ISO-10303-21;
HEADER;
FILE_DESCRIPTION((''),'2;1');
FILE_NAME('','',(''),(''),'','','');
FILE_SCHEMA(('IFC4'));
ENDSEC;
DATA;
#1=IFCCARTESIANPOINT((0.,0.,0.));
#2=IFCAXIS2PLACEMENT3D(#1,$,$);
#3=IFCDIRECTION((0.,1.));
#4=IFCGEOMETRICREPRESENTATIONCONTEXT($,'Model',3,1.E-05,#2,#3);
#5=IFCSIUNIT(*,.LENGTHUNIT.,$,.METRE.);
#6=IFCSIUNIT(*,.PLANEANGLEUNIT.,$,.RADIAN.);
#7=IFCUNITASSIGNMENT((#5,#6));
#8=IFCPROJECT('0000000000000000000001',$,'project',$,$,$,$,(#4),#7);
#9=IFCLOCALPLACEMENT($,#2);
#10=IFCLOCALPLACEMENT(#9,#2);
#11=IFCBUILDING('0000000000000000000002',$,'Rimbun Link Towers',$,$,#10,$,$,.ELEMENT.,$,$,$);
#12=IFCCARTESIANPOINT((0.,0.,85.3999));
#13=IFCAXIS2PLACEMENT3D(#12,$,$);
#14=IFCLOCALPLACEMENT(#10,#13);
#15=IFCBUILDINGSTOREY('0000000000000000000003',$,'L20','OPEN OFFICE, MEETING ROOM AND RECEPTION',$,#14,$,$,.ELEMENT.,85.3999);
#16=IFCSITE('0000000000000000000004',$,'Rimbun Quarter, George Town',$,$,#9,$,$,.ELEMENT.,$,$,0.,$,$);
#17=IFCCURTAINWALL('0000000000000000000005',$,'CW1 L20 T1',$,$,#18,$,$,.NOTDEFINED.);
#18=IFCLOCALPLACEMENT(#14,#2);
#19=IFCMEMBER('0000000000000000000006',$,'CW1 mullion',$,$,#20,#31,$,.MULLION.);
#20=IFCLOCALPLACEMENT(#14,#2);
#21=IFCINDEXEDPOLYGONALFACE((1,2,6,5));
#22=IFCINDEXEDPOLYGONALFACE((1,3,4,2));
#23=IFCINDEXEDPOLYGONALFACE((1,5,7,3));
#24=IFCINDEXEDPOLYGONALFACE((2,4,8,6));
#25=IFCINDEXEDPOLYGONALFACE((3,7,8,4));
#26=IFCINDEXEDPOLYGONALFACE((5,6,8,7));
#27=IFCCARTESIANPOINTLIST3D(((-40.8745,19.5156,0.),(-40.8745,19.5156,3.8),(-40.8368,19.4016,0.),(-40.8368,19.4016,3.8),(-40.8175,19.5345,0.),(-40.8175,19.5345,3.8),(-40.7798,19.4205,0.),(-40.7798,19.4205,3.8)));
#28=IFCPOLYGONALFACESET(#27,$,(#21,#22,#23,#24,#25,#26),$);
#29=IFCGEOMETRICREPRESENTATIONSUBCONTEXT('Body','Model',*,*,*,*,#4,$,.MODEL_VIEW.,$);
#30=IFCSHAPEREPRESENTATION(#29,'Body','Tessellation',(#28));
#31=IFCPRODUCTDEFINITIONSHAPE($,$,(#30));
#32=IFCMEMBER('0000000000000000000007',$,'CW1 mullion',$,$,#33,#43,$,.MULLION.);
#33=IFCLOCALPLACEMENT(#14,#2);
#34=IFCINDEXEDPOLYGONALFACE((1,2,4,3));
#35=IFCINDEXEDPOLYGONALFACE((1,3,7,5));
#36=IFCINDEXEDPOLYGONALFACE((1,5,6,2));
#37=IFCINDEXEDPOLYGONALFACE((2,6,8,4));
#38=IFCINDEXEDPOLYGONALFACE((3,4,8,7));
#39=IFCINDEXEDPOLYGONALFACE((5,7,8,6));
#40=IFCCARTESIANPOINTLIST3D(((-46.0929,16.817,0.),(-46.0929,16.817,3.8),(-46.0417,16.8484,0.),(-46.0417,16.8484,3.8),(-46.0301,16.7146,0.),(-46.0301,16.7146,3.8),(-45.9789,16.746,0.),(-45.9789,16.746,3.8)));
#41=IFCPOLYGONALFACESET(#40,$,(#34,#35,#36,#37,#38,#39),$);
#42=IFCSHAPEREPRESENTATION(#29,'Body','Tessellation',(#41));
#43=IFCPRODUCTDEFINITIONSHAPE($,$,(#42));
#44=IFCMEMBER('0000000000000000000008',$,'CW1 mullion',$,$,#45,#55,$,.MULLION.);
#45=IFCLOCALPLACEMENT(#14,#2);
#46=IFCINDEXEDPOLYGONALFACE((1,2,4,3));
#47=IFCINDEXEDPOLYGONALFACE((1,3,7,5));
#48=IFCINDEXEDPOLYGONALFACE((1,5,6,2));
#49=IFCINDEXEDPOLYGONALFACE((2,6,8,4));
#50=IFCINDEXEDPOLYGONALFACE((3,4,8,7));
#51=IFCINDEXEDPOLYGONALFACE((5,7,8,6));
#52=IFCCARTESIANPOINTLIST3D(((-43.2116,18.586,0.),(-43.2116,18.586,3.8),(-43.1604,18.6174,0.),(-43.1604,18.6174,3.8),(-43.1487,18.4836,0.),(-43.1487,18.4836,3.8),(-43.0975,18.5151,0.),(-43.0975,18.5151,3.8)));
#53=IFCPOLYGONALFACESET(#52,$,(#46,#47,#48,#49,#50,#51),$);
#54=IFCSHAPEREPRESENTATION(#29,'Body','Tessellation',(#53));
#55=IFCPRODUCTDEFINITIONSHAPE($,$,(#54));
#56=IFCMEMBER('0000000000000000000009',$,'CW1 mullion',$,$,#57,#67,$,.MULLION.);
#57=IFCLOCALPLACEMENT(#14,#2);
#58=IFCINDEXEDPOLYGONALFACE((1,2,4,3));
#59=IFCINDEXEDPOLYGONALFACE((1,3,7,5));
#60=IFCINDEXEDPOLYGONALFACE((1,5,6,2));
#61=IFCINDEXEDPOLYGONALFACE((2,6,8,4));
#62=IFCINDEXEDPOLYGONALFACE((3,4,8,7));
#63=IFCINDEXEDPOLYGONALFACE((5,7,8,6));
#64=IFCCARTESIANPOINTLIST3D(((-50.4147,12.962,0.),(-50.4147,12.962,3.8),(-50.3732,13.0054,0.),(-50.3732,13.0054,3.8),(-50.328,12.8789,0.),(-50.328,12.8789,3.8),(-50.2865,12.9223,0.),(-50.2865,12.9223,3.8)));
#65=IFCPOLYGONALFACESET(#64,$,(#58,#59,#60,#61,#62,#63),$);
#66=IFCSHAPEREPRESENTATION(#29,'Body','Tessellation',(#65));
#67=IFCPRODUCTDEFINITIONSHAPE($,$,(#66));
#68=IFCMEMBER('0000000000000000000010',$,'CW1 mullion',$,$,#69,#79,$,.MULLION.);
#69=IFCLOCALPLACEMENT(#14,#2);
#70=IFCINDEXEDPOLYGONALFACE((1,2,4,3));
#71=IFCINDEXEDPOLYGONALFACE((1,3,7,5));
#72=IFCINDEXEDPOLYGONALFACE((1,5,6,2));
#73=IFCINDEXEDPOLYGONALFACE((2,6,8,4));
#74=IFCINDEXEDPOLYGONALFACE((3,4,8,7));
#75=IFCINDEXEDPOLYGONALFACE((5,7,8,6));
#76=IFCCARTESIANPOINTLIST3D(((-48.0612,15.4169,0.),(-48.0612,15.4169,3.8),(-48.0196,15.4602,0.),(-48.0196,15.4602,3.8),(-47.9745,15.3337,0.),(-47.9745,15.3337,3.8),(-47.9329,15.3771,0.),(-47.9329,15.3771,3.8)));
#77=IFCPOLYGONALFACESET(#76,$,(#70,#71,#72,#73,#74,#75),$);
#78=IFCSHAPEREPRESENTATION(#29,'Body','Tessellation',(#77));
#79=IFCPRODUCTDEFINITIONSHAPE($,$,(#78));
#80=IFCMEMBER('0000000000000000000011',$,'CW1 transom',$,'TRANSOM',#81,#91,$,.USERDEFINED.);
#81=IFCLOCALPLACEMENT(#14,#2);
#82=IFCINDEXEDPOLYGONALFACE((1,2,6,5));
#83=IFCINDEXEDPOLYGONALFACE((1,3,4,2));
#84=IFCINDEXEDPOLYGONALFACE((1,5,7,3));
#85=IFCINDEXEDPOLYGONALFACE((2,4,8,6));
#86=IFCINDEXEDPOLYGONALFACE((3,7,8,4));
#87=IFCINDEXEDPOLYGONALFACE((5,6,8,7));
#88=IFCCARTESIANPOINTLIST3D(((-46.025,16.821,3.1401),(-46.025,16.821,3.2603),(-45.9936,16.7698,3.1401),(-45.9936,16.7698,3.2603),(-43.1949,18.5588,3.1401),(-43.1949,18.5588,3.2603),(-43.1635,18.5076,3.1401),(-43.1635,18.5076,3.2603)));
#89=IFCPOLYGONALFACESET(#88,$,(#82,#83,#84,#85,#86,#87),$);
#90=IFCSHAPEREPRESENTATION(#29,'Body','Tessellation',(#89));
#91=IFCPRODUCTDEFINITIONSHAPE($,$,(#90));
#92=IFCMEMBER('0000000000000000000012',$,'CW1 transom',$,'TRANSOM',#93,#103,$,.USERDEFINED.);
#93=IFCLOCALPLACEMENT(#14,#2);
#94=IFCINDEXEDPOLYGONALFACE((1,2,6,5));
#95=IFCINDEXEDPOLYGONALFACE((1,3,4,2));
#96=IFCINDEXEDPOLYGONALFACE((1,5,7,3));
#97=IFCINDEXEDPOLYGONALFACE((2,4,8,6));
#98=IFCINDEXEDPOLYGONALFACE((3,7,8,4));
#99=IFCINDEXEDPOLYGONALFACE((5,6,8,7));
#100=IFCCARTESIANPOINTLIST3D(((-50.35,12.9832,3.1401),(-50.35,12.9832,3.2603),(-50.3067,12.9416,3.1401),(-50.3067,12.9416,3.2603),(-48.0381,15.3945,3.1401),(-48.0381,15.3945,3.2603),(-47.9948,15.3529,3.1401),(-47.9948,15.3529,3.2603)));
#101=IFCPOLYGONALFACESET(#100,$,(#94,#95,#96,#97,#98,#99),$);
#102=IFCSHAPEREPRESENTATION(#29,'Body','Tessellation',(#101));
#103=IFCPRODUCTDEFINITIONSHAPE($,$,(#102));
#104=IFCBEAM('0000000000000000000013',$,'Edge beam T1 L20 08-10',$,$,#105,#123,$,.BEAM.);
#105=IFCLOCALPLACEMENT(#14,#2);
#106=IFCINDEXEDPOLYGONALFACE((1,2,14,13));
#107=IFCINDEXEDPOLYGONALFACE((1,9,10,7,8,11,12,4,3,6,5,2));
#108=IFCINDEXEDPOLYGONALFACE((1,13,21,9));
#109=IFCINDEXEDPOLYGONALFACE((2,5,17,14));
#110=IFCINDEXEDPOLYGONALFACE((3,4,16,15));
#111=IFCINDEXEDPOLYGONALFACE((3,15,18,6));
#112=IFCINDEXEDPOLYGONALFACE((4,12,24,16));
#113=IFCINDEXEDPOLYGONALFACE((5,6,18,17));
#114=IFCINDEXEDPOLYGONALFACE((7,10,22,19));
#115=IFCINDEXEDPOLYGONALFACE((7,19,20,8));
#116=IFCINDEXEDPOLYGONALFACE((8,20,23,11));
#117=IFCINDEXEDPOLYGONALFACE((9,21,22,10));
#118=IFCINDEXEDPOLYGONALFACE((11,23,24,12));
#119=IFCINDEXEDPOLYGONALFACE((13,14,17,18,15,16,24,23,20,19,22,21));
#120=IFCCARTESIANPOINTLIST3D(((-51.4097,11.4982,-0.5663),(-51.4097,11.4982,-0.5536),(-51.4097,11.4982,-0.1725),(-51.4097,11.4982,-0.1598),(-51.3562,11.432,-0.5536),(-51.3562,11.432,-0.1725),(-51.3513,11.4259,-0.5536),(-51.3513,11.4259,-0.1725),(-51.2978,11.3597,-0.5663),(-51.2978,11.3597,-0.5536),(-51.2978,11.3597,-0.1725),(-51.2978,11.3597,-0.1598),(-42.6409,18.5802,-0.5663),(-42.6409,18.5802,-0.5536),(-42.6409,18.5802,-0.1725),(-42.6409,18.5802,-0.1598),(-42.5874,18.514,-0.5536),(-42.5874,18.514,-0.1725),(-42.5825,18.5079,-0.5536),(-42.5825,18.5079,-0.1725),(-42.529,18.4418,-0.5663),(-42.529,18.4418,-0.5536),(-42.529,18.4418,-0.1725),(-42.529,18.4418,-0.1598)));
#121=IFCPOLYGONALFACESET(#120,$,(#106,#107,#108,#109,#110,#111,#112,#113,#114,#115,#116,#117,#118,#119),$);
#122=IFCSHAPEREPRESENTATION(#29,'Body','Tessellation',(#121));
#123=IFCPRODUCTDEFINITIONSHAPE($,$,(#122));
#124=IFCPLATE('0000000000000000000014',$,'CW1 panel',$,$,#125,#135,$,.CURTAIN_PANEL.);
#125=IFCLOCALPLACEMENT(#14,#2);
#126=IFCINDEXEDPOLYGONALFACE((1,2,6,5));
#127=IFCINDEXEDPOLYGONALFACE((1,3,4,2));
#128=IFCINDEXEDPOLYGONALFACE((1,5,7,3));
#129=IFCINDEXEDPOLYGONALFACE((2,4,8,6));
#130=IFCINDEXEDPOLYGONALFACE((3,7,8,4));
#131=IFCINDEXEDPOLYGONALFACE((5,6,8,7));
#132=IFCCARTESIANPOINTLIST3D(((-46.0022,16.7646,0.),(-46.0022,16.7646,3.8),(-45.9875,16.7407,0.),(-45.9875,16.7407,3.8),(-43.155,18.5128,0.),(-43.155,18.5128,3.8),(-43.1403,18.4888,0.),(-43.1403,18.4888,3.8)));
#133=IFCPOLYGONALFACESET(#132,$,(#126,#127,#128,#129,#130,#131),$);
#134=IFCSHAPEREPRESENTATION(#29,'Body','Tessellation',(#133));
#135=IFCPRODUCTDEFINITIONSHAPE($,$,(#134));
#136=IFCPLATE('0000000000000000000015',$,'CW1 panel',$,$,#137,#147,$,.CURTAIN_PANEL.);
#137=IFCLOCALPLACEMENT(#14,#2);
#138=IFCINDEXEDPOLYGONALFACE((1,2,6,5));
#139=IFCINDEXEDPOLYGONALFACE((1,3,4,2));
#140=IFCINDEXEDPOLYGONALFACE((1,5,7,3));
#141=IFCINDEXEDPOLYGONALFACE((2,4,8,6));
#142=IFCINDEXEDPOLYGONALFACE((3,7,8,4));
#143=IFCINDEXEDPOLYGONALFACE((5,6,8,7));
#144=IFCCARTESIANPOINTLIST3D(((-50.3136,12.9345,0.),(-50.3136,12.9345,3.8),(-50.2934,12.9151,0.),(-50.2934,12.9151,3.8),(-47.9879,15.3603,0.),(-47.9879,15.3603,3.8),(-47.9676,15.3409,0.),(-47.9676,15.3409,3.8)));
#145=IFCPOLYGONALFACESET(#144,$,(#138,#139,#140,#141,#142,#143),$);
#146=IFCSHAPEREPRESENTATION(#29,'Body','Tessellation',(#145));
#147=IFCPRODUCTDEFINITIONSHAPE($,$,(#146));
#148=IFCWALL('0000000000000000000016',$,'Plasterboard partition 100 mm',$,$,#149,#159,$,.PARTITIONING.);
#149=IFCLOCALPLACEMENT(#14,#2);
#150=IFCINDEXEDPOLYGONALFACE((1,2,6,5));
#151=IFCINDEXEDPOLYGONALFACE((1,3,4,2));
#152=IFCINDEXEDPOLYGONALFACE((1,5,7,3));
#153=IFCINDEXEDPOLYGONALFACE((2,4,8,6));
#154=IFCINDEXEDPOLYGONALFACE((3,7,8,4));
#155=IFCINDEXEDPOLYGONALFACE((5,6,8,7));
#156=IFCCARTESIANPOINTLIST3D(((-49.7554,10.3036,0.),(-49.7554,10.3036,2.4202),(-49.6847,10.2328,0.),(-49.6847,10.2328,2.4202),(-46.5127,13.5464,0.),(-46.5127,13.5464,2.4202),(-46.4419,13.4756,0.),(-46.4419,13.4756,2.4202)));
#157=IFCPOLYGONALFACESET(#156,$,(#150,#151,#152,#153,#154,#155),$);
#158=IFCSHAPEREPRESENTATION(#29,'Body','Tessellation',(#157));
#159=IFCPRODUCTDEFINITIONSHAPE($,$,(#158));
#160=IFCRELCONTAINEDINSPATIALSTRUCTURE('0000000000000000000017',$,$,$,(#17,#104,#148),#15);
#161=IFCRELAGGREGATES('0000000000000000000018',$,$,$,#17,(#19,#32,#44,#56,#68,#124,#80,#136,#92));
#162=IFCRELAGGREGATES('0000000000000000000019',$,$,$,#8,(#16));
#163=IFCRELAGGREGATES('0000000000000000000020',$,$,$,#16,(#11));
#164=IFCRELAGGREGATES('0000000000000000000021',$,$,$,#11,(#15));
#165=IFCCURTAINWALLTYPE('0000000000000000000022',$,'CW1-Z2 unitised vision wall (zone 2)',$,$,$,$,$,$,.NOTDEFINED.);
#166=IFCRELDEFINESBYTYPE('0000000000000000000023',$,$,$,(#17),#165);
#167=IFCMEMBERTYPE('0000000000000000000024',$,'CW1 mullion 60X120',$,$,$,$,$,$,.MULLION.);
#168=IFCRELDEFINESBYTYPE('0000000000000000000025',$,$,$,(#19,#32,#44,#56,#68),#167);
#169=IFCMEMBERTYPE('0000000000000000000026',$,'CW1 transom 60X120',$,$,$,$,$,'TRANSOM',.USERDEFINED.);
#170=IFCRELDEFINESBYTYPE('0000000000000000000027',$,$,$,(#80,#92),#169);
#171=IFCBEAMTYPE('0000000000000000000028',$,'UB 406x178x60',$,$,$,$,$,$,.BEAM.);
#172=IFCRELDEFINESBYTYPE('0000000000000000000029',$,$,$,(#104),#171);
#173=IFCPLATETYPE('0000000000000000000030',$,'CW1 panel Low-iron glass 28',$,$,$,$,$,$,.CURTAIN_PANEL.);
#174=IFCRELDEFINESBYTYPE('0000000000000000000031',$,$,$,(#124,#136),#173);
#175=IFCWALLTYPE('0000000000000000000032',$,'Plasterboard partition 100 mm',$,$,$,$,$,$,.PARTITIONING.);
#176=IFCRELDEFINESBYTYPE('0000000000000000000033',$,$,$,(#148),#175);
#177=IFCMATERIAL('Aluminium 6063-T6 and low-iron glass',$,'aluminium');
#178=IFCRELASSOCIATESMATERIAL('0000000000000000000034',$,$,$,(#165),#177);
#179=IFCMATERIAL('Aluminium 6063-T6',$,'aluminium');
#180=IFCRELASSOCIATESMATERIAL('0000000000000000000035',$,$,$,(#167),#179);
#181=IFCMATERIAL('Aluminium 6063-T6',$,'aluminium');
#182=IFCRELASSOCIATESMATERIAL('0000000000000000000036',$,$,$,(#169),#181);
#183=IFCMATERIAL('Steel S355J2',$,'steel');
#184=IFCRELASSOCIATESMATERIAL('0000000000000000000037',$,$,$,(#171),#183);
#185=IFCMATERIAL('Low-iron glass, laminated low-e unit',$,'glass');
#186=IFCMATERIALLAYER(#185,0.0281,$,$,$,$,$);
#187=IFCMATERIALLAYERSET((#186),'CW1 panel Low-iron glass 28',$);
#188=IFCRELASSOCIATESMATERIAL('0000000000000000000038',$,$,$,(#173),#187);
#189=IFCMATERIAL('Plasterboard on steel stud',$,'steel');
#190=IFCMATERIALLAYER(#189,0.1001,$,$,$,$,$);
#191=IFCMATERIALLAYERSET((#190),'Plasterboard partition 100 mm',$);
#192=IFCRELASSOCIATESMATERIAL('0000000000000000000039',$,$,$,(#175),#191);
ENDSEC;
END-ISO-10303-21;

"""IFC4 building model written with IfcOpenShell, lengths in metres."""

from ifc_helpers import new_model, si_unit, direction, frame, frame_2d, origin, origin_2d, place, context, subcontext, project, spatial, rectangle, i_section, extrude, material, layer, layer_set, material_profile, profile_set, type_object, element, aggregate, save


model = new_model("IFC4")

# Units and contexts
model_context = context("Model", 3, precision=1e-05, world=origin(), true_north=direction((0.0, 1.0)))
body_context = subcontext(model_context, "Body", "Model", "MODEL_VIEW")
ifc_project = project(units=[si_unit("LENGTHUNIT", "METRE"), si_unit("PLANEANGLEUNIT", "RADIAN")], contexts=[model_context])

# Site, building, storey
site_placement = place(None, origin())
site = spatial("IfcSite", under=ifc_project, at=site_placement, Name="Rimbun Quarter, George Town", CompositionType="ELEMENT", RefElevation=0.0)
building_placement = place(site_placement, origin())
building = spatial("IfcBuilding", under=site, at=building_placement, Name="Rimbun Link Towers", CompositionType="ELEMENT")
storey_placement = place(building_placement, frame((0.0, 0.0, 85.3999)))
storey = spatial("IfcBuildingStorey", under=building, at=storey_placement, Name="L20", Description="OPEN OFFICE, MEETING ROOM AND RECEPTION", CompositionType="ELEMENT", Elevation=85.3999)

# Curtain wall, members
ifc_material_1 = material(Name="Aluminium 6063-T6 and low-iron glass", Category="aluminium")
curtain_wall_type = type_object("IfcCurtainWallType", Name="CW1-Z2 unitised vision wall (zone 2)", PredefinedType="NOTDEFINED", material=ifc_material_1)
curtain_wall_placement = place(storey_placement, origin())
curtain_wall = element("IfcCurtainWall", 1, at=curtain_wall_placement, inside=storey, type_object=curtain_wall_type, Name="CW1 L20 T1", PredefinedType="NOTDEFINED")
ifc_material_2 = material(Name="Aluminium 6063-T6", Category="aluminium")
ifc_material_profile_1 = material_profile(ifc_material_2, rectangle(XDim=0.1201, YDim=0.0601, at=origin_2d()), Name="MULLION 60X120")
ifc_profile_set_1 = profile_set([ifc_material_profile_1], Name="Aluminium 6063-T6")
member_type_1 = type_object("IfcMemberType", Name="CW1 mullion 60X120", PredefinedType="MULLION", material=ifc_profile_set_1)
member_1_placement = place(storey_placement, frame((-40.8271, 19.468, 0.0), z_axis=(0.0, 0.0, 1.0), x_axis=(-0.314576, 0.949232, 0.0)))
member_1 = element("IfcMember", 2, at=member_1_placement, type_object=member_type_1, Name="CW1 mullion", PredefinedType="MULLION", context=body_context, shape_type="SweptSolid", body=[
    extrude(rectangle(XDim=0.1201, YDim=0.0601, at=origin_2d()), origin(), (0.0, 0.0, 1.0), 3.8),
])
member_2_placement = place(storey_placement, frame((-46.0359, 16.7815, 0.0), z_axis=(0.0, 0.0, 1.0), x_axis=(-0.523237, 0.852187, 0.0)))
member_2 = element("IfcMember", 3, at=member_2_placement, type_object=member_type_1, Name="CW1 mullion", PredefinedType="MULLION", context=body_context, shape_type="SweptSolid", body=[
    extrude(rectangle(XDim=0.1201, YDim=0.0601, at=origin_2d()), origin(), (0.0, 0.0, 1.0), 3.8),
])
member_3_placement = place(storey_placement, frame((-43.1545, 18.5505, 0.0), z_axis=(0.0, 0.0, 1.0), x_axis=(-0.523237, 0.852187, 0.0)))
member_3 = element("IfcMember", 4, at=member_3_placement, type_object=member_type_1, Name="CW1 mullion", PredefinedType="MULLION", context=body_context, shape_type="SweptSolid", body=[
    extrude(rectangle(XDim=0.1201, YDim=0.0601, at=origin_2d()), origin(), (0.0, 0.0, 1.0), 3.8),
])
member_4_placement = place(storey_placement, frame((-50.3506, 12.9421, 0.0), z_axis=(0.0, 0.0, 1.0), x_axis=(-0.721839, 0.692061, 0.0)))
member_4 = element("IfcMember", 5, at=member_4_placement, type_object=member_type_1, Name="CW1 mullion", PredefinedType="MULLION", context=body_context, shape_type="SweptSolid", body=[
    extrude(rectangle(XDim=0.1201, YDim=0.0601, at=origin_2d()), origin(), (0.0, 0.0, 1.0), 3.8),
])
member_5_placement = place(storey_placement, frame((-47.9971, 15.397, 0.0), z_axis=(0.0, 0.0, 1.0), x_axis=(-0.721839, 0.692061, 0.0)))
member_5 = element("IfcMember", 6, at=member_5_placement, type_object=member_type_1, Name="CW1 mullion", PredefinedType="MULLION", context=body_context, shape_type="SweptSolid", body=[
    extrude(rectangle(XDim=0.1201, YDim=0.0601, at=origin_2d()), origin(), (0.0, 0.0, 1.0), 3.8),
])
ifc_material_3 = material(Name="Aluminium 6063-T6", Category="aluminium")
ifc_material_profile_2 = material_profile(ifc_material_3, rectangle(XDim=0.0601, YDim=0.1201, at=origin_2d()), Name="TRANSOM 60X120")
ifc_profile_set_2 = profile_set([ifc_material_profile_2], Name="Aluminium 6063-T6")
member_type_2 = type_object("IfcMemberType", Name="CW1 transom 60X120", ElementType="TRANSOM", PredefinedType="USERDEFINED", material=ifc_profile_set_2)
member_6_placement = place(storey_placement, frame((-46.0093, 16.7954, 3.2002), z_axis=(0.852168, 0.523269, 0.0), x_axis=(-0.523269, 0.852168, 0.0)))
member_6 = element("IfcMember", 7, at=member_6_placement, type_object=member_type_2, Name="CW1 transom", ObjectType="TRANSOM", PredefinedType="USERDEFINED", context=body_context, shape_type="SweptSolid", body=[
    extrude(rectangle(XDim=0.0601, YDim=0.1201, at=origin_2d()), origin(), (0.0, 0.0, 1.0), 3.321),
])
member_7_placement = place(storey_placement, frame((-50.3284, 12.9624, 3.2002), z_axis=(0.692078, 0.721822, 0.0), x_axis=(-0.721822, 0.692078, 0.0)))
member_7 = element("IfcMember", 8, at=member_7_placement, type_object=member_type_2, Name="CW1 transom", ObjectType="TRANSOM", PredefinedType="USERDEFINED", context=body_context, shape_type="SweptSolid", body=[
    extrude(rectangle(XDim=0.0601, YDim=0.1201, at=origin_2d()), origin(), (0.0, 0.0, 1.0), 3.3406),
])

# Beam
ifc_material_4 = material(Name="Steel S355J2", Category="steel")
ifc_material_profile_3 = material_profile(ifc_material_4, i_section(OverallWidth=0.178, OverallDepth=0.4065, WebThickness=0.0078, FlangeThickness=0.0127, at=origin_2d()), Name="UB 406x178x60")
ifc_profile_set_3 = profile_set([ifc_material_profile_3], Name="Steel S355J2")
beam_type = type_object("IfcBeamType", Name="UB 406x178x60", PredefinedType="BEAM", material=ifc_profile_set_3)
beam_placement = place(storey_placement, frame((-42.585, 18.511, -0.363), z_axis=(-0.777961, -0.628312, 0.0), x_axis=(0.628312, -0.777961, 0.0)))
element("IfcBeam", 9, at=beam_placement, inside=storey, type_object=beam_type, Name="Edge beam T1 L20 08-10", PredefinedType="BEAM", context=body_context, shape_type="SweptSolid", body=[
    extrude(i_section(OverallWidth=0.178, OverallDepth=0.4065, WebThickness=0.0078, FlangeThickness=0.0127, at=origin_2d()), origin(), (0.0, 0.0, 1.0), 11.2715),
])

# Plates
ifc_material_5 = material(Name="Low-iron glass, laminated low-e unit", Category="glass")
ifc_layer_1 = layer(ifc_material_5, 0.0281)
ifc_layer_set_1 = layer_set([ifc_layer_1], Name="CW1 panel Low-iron glass 28")
plate_type = type_object("IfcPlateType", Name="CW1 panel Low-iron glass 28", PredefinedType="CURTAIN_PANEL", material=ifc_layer_set_1)
plate_1_placement = place(storey_placement, frame((-44.5713, 17.6267, 0.0), z_axis=(0.0, 0.0, 1.0), x_axis=(0.852187, 0.523237, 0.0)))
plate_1 = element("IfcPlate", 10, at=plate_1_placement, type_object=plate_type, Name="CW1 panel", PredefinedType="CURTAIN_PANEL", context=body_context, shape_type="SweptSolid", body=[
    extrude(rectangle(XDim=3.3411, YDim=0.0281, at=origin_2d()), origin(), (0.0, 0.0, 1.0), 3.8),
])
plate_2_placement = place(storey_placement, frame((-49.1406, 14.1377, 0.0), z_axis=(0.0, 0.0, 1.0), x_axis=(0.692061, 0.721839, 0.0)))
plate_2 = element("IfcPlate", 11, at=plate_2_placement, type_object=plate_type, Name="CW1 panel", PredefinedType="CURTAIN_PANEL", context=body_context, shape_type="SweptSolid", body=[
    extrude(rectangle(XDim=3.3606, YDim=0.0281, at=origin_2d()), origin(), (0.0, 0.0, 1.0), 3.8),
])
aggregate(curtain_wall, [member_1, member_2, member_3, member_4, member_5, plate_1, member_6, plate_2, member_7])

# Wall
ifc_material_6 = material(Name="Plasterboard on steel stud", Category="steel")
ifc_layer_2 = layer(ifc_material_6, 0.1001)
ifc_layer_set_2 = layer_set([ifc_layer_2], Name="Plasterboard partition 100 mm")
wall_type = type_object("IfcWallType", Name="Plasterboard partition 100 mm", PredefinedType="PARTITIONING", material=ifc_layer_set_2)
wall_placement = place(storey_placement, frame((-46.4773, 13.511, 0.0), z_axis=(0.0, 0.0, 1.0), x_axis=(-0.707107, -0.707107, 0.0)))
element("IfcWall", 12, at=wall_placement, inside=storey, type_object=wall_type, Name="Plasterboard partition 100 mm", PredefinedType="PARTITIONING", context=body_context, shape_type="SweptSolid", body=[
    extrude(rectangle(XDim=4.5859, YDim=0.1001, at=frame_2d((2.293, 0.0))), origin(), (0.0, 0.0, 1.0), 2.4202),
])

save(model, "model.ifc")
